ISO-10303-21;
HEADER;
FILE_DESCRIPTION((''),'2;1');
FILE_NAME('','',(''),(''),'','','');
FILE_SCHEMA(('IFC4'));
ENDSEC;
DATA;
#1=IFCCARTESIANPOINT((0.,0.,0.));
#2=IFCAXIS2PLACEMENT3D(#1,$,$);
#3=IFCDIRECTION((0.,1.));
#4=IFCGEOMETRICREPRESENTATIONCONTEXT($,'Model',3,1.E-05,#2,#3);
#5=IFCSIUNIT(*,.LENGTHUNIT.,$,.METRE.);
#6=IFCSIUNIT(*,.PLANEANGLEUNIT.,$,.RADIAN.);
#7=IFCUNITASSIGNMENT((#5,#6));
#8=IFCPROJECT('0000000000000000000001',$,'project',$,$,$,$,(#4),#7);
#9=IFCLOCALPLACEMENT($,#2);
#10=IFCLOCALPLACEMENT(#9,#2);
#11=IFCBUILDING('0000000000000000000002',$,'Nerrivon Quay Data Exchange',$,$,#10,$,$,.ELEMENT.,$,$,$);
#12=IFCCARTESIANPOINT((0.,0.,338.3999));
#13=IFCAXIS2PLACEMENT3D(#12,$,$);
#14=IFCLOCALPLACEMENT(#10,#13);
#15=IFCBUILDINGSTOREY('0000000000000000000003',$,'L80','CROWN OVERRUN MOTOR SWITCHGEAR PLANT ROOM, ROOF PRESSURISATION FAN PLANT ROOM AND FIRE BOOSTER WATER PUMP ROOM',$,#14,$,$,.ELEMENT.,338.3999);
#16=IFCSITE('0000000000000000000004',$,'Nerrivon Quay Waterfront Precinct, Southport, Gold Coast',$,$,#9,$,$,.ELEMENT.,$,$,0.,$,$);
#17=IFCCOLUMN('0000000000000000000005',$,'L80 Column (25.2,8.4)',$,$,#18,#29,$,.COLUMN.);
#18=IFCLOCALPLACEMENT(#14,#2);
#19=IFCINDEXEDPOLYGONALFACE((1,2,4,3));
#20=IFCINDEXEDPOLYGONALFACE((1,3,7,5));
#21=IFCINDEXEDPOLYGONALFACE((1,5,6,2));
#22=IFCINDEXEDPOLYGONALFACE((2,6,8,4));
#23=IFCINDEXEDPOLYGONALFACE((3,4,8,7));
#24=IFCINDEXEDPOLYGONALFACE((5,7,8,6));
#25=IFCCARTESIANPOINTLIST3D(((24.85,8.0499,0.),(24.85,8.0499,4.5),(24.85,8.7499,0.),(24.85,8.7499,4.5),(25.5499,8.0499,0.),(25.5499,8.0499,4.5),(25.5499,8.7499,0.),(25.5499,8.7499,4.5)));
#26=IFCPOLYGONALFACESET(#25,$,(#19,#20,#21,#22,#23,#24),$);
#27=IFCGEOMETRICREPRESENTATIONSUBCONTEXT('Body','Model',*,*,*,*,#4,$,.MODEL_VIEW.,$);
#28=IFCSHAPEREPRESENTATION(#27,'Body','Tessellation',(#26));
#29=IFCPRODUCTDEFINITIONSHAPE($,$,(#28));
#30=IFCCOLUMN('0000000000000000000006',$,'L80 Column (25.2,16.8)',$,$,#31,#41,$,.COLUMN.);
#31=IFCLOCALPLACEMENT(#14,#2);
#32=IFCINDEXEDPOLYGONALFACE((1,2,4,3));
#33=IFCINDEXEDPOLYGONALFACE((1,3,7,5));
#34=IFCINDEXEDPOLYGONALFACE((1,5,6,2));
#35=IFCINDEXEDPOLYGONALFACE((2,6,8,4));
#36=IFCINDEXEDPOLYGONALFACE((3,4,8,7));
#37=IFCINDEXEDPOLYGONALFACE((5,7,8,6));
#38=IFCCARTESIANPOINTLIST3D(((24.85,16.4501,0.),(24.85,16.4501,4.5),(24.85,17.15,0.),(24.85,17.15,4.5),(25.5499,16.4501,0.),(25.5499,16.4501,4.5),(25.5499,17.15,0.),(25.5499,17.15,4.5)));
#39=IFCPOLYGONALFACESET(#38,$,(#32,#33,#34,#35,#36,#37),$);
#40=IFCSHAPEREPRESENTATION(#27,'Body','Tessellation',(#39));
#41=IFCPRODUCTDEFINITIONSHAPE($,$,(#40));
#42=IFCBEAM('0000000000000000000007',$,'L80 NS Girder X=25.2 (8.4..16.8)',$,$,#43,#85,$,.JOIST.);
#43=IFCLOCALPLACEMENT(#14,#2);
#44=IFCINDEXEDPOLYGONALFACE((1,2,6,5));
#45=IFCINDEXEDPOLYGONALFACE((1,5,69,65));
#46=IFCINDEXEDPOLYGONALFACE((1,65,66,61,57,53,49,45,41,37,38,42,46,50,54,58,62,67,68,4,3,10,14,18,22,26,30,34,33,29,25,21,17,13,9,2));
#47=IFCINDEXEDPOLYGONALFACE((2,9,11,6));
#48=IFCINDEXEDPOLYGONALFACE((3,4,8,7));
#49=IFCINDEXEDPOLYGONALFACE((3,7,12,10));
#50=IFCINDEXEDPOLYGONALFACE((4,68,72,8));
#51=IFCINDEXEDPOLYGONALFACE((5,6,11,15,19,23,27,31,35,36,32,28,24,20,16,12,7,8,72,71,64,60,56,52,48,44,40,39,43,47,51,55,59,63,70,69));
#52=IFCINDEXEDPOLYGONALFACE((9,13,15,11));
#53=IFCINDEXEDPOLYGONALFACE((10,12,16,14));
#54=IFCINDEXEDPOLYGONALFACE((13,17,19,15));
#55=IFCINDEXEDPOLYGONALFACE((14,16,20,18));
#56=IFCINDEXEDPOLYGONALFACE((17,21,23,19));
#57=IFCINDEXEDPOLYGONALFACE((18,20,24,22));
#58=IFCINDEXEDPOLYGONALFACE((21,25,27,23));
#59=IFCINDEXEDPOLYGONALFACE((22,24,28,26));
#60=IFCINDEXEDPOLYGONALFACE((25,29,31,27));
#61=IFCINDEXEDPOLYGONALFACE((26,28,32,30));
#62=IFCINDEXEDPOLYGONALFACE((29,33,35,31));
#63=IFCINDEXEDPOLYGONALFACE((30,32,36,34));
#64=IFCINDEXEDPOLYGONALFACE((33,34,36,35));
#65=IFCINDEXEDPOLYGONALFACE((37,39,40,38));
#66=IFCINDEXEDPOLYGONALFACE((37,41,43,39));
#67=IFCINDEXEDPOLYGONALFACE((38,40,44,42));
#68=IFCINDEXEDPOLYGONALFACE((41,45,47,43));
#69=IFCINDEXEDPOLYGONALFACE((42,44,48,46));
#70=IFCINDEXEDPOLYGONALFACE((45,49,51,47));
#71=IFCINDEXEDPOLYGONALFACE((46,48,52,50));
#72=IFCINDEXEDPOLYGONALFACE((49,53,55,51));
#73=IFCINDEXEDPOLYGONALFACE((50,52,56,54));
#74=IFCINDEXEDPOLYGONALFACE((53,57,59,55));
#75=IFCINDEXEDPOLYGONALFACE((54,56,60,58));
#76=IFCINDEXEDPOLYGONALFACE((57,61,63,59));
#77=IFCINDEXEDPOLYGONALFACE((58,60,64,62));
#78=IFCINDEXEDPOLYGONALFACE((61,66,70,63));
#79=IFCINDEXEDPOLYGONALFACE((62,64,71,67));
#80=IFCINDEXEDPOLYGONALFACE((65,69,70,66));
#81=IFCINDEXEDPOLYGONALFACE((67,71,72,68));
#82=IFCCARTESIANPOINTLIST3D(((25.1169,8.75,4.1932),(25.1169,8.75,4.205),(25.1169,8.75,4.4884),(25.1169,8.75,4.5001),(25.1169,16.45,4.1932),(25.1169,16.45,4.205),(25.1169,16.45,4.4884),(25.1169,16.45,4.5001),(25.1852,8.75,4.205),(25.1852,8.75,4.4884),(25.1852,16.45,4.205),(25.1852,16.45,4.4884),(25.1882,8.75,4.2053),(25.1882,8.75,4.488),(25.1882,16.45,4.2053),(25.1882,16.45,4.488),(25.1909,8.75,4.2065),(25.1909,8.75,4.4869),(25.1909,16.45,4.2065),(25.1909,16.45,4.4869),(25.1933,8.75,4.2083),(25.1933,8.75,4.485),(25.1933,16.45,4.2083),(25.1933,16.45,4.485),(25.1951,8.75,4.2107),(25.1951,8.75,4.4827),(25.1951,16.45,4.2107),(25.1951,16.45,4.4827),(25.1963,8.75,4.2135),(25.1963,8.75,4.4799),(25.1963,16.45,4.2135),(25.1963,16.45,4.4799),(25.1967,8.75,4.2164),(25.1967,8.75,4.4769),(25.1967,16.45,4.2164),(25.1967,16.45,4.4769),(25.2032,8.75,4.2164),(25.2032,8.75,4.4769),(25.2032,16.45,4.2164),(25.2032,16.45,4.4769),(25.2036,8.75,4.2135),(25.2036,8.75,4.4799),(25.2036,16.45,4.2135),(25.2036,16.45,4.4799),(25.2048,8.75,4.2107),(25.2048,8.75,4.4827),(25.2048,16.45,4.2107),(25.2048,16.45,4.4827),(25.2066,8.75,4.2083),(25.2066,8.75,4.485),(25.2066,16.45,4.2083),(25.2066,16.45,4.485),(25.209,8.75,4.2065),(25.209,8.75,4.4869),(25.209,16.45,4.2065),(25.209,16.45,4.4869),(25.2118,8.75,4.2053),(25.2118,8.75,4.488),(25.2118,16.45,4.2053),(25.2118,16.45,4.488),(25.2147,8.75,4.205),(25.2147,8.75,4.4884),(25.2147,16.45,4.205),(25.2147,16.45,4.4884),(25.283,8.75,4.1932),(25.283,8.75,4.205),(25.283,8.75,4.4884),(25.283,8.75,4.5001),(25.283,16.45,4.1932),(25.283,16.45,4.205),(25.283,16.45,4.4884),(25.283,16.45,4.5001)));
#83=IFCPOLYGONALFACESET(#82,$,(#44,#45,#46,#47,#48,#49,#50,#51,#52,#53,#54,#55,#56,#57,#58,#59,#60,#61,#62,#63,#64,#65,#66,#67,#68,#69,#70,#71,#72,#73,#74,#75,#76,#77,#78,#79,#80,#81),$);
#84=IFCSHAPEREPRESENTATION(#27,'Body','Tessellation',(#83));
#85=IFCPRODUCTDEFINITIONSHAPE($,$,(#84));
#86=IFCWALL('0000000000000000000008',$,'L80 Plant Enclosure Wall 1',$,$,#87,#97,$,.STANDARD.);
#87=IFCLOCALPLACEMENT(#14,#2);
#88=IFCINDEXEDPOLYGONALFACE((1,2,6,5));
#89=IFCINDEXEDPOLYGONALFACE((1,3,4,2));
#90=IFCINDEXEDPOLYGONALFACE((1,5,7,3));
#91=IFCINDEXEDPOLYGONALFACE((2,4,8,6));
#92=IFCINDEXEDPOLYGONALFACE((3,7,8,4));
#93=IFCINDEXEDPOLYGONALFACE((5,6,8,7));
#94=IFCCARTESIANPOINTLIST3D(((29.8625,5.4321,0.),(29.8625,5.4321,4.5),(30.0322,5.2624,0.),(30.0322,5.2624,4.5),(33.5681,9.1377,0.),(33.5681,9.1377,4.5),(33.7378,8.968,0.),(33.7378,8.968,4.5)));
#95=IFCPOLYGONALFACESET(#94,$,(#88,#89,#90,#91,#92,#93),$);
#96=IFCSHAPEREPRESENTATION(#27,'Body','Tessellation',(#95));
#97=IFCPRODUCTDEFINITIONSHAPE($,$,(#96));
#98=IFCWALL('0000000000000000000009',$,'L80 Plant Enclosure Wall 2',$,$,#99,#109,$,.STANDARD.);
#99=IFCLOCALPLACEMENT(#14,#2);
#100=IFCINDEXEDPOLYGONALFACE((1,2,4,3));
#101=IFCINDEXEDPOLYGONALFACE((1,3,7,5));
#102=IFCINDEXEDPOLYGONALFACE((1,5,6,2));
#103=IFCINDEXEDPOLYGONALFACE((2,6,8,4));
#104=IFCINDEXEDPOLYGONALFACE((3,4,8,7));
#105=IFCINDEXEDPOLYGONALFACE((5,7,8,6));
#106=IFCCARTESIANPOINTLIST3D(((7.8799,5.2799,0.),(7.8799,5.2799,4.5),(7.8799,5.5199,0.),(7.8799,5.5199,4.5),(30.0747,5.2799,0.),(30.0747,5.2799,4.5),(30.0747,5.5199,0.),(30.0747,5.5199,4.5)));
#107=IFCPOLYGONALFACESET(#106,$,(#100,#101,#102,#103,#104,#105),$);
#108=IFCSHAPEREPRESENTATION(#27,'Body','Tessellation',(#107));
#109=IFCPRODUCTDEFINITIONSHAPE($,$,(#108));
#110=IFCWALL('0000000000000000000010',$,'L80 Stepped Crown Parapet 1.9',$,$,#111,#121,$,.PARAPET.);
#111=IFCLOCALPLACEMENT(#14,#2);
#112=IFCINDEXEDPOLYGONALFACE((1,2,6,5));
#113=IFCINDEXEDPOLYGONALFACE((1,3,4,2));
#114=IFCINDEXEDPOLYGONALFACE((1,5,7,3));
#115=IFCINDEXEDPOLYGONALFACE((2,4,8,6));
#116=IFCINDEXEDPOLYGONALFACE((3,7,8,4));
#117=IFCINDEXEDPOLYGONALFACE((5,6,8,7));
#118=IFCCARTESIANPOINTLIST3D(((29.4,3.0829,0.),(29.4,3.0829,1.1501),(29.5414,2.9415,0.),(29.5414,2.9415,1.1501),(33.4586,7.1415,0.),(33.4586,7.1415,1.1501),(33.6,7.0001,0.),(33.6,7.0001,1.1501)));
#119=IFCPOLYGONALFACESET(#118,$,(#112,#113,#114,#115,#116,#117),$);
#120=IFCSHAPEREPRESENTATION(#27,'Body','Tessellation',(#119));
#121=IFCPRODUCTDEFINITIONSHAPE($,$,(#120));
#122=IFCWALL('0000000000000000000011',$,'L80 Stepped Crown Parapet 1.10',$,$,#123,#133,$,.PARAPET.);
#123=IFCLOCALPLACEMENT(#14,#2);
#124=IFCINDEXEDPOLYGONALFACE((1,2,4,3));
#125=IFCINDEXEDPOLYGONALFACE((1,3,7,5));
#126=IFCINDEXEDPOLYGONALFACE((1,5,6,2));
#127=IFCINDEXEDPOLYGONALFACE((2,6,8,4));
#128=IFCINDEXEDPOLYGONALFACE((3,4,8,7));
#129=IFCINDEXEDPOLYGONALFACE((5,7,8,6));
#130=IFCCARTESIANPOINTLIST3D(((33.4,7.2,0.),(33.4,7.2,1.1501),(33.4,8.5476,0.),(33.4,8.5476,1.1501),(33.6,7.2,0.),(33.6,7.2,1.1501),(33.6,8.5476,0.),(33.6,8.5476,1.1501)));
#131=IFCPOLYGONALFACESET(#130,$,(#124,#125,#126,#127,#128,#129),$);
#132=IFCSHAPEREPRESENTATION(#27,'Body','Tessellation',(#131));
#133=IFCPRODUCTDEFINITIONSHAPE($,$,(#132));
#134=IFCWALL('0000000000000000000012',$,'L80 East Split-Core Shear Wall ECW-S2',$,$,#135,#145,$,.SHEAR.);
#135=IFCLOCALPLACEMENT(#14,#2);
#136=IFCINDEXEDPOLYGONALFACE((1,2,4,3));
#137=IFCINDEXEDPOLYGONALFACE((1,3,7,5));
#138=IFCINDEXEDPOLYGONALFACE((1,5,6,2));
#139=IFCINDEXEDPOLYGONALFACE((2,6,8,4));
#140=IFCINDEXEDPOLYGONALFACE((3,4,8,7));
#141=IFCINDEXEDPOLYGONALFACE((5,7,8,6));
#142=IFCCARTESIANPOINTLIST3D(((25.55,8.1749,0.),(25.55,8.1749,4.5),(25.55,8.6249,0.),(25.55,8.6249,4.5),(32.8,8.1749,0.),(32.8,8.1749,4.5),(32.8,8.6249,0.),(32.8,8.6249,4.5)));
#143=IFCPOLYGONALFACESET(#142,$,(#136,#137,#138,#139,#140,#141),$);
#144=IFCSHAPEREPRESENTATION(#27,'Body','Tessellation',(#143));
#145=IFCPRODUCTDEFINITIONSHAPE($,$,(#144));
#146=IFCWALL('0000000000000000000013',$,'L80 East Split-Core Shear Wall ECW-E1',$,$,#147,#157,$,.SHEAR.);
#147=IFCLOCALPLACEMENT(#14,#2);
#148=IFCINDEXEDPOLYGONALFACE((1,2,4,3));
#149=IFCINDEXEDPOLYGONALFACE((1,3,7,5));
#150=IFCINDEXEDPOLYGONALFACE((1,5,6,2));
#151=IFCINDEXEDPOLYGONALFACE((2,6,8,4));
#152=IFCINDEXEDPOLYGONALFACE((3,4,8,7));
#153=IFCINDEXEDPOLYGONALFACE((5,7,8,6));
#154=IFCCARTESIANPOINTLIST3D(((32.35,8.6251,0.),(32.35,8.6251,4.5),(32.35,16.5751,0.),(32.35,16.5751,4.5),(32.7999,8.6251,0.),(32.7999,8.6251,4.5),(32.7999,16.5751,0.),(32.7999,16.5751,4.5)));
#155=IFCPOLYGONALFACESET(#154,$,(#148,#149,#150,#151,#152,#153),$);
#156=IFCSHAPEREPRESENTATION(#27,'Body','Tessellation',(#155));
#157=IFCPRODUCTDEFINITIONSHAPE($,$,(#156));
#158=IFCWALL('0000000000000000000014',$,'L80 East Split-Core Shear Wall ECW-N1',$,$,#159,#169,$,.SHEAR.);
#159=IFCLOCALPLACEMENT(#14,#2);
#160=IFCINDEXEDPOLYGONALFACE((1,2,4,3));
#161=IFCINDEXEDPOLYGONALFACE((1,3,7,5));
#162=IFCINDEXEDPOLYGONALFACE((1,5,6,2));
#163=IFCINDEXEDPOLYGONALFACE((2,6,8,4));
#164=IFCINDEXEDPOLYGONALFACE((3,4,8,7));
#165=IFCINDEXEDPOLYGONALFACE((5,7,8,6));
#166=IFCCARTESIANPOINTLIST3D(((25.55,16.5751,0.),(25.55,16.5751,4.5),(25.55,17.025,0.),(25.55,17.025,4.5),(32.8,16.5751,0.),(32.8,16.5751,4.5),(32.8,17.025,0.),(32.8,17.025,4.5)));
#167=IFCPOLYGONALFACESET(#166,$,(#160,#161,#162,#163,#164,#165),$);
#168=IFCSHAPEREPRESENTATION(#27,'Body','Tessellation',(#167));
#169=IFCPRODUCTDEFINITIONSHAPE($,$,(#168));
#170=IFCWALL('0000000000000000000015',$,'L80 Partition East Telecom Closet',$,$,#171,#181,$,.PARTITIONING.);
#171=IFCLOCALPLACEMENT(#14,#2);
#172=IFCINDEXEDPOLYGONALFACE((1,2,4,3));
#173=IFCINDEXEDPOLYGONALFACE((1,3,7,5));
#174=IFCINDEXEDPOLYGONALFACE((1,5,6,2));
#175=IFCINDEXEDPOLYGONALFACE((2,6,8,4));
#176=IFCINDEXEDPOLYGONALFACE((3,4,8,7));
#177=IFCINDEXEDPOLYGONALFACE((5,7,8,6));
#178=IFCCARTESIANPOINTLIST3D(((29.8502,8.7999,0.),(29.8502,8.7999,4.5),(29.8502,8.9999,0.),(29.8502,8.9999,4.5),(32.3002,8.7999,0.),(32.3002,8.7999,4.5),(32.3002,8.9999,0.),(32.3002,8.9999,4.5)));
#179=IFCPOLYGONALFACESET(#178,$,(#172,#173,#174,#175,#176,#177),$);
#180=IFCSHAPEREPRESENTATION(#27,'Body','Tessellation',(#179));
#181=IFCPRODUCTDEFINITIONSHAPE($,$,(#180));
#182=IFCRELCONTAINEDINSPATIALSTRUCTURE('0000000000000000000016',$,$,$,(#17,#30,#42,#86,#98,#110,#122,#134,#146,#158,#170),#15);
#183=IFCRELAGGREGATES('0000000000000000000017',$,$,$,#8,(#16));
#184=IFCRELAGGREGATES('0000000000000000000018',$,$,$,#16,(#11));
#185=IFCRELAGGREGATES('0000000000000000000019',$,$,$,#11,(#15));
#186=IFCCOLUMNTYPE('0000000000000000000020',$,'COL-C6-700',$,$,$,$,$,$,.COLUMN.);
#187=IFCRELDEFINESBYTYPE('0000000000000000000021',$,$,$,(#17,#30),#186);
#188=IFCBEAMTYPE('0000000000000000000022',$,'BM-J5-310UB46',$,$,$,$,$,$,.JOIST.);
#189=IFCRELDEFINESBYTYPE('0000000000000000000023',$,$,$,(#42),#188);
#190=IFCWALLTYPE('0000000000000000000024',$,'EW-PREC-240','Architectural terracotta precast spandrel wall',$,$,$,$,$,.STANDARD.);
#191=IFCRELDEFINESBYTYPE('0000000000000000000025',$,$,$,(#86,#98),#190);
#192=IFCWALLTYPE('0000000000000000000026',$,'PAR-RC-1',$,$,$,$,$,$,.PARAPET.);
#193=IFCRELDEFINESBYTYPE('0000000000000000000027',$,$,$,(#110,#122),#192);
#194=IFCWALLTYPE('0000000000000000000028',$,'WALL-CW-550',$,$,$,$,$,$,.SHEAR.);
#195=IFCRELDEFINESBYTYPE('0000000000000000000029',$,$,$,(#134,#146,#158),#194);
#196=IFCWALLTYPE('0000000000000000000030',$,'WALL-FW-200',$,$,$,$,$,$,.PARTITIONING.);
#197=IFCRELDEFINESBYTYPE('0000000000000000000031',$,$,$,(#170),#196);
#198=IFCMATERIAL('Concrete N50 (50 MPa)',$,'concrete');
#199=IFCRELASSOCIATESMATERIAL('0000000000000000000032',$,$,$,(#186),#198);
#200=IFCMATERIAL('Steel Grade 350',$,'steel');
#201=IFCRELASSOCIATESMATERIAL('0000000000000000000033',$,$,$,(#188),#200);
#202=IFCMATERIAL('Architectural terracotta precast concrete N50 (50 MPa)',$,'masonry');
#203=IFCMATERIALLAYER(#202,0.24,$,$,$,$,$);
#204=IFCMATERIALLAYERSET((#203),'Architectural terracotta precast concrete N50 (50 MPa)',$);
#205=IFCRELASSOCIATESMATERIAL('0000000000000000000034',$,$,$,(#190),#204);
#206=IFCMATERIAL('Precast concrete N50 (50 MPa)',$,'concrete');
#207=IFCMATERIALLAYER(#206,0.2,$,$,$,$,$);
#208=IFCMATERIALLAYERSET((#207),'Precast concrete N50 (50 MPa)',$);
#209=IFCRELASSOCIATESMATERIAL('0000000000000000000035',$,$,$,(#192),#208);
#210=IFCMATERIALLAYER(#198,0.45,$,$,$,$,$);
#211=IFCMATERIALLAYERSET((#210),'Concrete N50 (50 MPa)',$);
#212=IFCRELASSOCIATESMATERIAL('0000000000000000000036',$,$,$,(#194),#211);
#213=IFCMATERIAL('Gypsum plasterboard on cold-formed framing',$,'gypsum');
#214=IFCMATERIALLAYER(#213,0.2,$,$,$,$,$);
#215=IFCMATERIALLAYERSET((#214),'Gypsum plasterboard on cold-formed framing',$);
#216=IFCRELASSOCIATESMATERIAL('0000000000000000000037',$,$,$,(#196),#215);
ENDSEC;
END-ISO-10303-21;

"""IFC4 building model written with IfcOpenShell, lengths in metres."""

from ifc_helpers import new_model, si_unit, direction, frame, frame_2d, origin, origin_2d, place, context, subcontext, project, spatial, rectangle, i_section, extrude, material, layer, layer_set, material_profile, profile_set, type_object, element, save


model = new_model("IFC4")

# Units and contexts
model_context = context("Model", 3, precision=1e-05, world=origin(), true_north=direction((0.0, 1.0)))
body_context = subcontext(model_context, "Body", "Model", "MODEL_VIEW")
ifc_project = project(units=[si_unit("LENGTHUNIT", "METRE"), si_unit("PLANEANGLEUNIT", "RADIAN")], contexts=[model_context])

# Site, building, storey
site_placement = place(None, origin())
site = spatial("IfcSite", under=ifc_project, at=site_placement, Name="Nerrivon Quay Waterfront Precinct, Southport, Gold Coast", CompositionType="ELEMENT", RefElevation=0.0)
building_placement = place(site_placement, origin())
building = spatial("IfcBuilding", under=site, at=building_placement, Name="Nerrivon Quay Data Exchange", CompositionType="ELEMENT")
storey_placement = place(building_placement, frame((0.0, 0.0, 338.3999)))
storey = spatial("IfcBuildingStorey", under=building, at=storey_placement, Name="L80", Description="CROWN OVERRUN MOTOR SWITCHGEAR PLANT ROOM, ROOF PRESSURISATION FAN PLANT ROOM AND FIRE BOOSTER WATER PUMP ROOM", CompositionType="ELEMENT", Elevation=338.3999)

# Columns
ifc_material_1 = material(Name="Concrete N50 (50 MPa)", Category="concrete")
ifc_material_profile_1 = material_profile(ifc_material_1, rectangle(XDim=0.7, YDim=0.7, at=origin_2d()), Name="RC-COL-700x700")
ifc_profile_set_1 = profile_set([ifc_material_profile_1], Name="Concrete N50 (50 MPa)")
column_type = type_object("IfcColumnType", Name="COL-C6-700", PredefinedType="COLUMN", material=ifc_profile_set_1)
for number, where, z_axis, x_axis, name in (
    (1, (25.2, 8.3999, 0.0), (0.0, 0.0, 1.0), (1.0, 0.0, 0.0), "L80 Column (25.2,8.4)"),
    (2, (25.2, 16.8, 0.0), (0.0, 0.0, 1.0), (1.0, 0.0, 0.0), "L80 Column (25.2,16.8)"),
):
    element("IfcColumn", number, at=place(storey_placement, frame(where, z_axis=z_axis, x_axis=x_axis)), inside=storey, type_object=column_type, Name=name, PredefinedType="COLUMN", context=body_context, shape_type="SweptSolid", body=[
        extrude(rectangle(XDim=0.7, YDim=0.7, at=origin_2d()), origin(), (0.0, 0.0, 1.0), 4.5),
    ])

# Beam
ifc_material_2 = material(Name="Steel Grade 350", Category="steel")
ifc_material_profile_2 = material_profile(ifc_material_2, i_section(OverallWidth=0.166, OverallDepth=0.3069, WebThickness=0.0066, FlangeThickness=0.0117, FilletRadius=0.0115, at=origin_2d()), Name="310UB46.2")
ifc_profile_set_2 = profile_set([ifc_material_profile_2], Name="Steel Grade 350")
beam_type = type_object("IfcBeamType", Name="BM-J5-310UB46", PredefinedType="JOIST", material=ifc_profile_set_2)
beam_placement = place(storey_placement, frame((25.2, 8.75, 4.3467), z_axis=(0.0, 1.0, 0.0), x_axis=(-1.0, 0.0, 0.0)))
element("IfcBeam", 3, at=beam_placement, inside=storey, type_object=beam_type, Name="L80 NS Girder X=25.2 (8.4..16.8)", PredefinedType="JOIST", context=body_context, shape_type="SweptSolid", body=[
    extrude(i_section(OverallWidth=0.166, OverallDepth=0.3069, WebThickness=0.0066, FlangeThickness=0.0117, FilletRadius=0.0115, at=origin_2d()), origin(), (0.0, 0.0, 1.0), 7.7),
])

# Walls
ifc_material_3 = material(Name="Architectural terracotta precast concrete N50 (50 MPa)", Category="masonry")
ifc_layer_1 = layer(ifc_material_3, 0.24)
ifc_layer_set_1 = layer_set([ifc_layer_1], Name="Architectural terracotta precast concrete N50 (50 MPa)")
wall_type_1 = type_object("IfcWallType", Name="EW-PREC-240", Description="Architectural terracotta precast spandrel wall", PredefinedType="STANDARD", material=ifc_layer_set_1)
wall_1_placement = place(storey_placement, frame((33.6528, 9.0527, 0.0), z_axis=(0.0, 0.0, 1.0), x_axis=(-0.707107, -0.707107, 0.0)))
element("IfcWall", 4, at=wall_1_placement, inside=storey, type_object=wall_type_1, Name="L80 Plant Enclosure Wall 1", PredefinedType="STANDARD", context=body_context, shape_type="SweptSolid", body=[
    extrude(rectangle(XDim=5.2405, YDim=0.24, at=frame_2d((2.6201, 0.0))), origin(), (0.0, 0.0, 1.0), 4.5),
])
wall_2_placement = place(storey_placement, frame((30.0747, 5.3999, 0.0), z_axis=(0.0, 0.0, 1.0), x_axis=(-1.0, 0.0, 0.0)))
element("IfcWall", 5, at=wall_2_placement, inside=storey, type_object=wall_type_1, Name="L80 Plant Enclosure Wall 2", PredefinedType="STANDARD", context=body_context, shape_type="SweptSolid", body=[
    extrude(rectangle(XDim=22.1948, YDim=0.24, at=frame_2d((11.0974, 0.0))), origin(), (0.0, 0.0, 1.0), 4.5),
])
ifc_material_4 = material(Name="Precast concrete N50 (50 MPa)", Category="concrete")
ifc_layer_2 = layer(ifc_material_4, 0.2)
ifc_layer_set_2 = layer_set([ifc_layer_2], Name="Precast concrete N50 (50 MPa)")
wall_type_2 = type_object("IfcWallType", Name="PAR-RC-1", PredefinedType="PARAPET", material=ifc_layer_set_2)
wall_3_placement = place(storey_placement, frame((29.4707, 3.0122, 0.0), z_axis=(0.0, 0.0, 1.0), x_axis=(0.707107, 0.707107, 0.0)))
element("IfcWall", 6, at=wall_3_placement, inside=storey, type_object=wall_type_2, Name="L80 Stepped Crown Parapet 1.9", PredefinedType="PARAPET", context=body_context, shape_type="SweptSolid", body=[
    extrude(rectangle(XDim=5.7397, YDim=0.2, at=frame_2d((2.8699, 0.0))), origin(), (0.0, 0.0, 1.0), 1.1501),
])
wall_4_placement = place(storey_placement, frame((33.5, 7.2, 0.0), z_axis=(0.0, 0.0, 1.0), x_axis=(0.0, 1.0, 0.0)))
element("IfcWall", 7, at=wall_4_placement, inside=storey, type_object=wall_type_2, Name="L80 Stepped Crown Parapet 1.10", PredefinedType="PARAPET", context=body_context, shape_type="SweptSolid", body=[
    extrude(rectangle(XDim=1.3477, YDim=0.2, at=frame_2d((0.6738, 0.0))), origin(), (0.0, 0.0, 1.0), 1.1501),
])
ifc_layer_3 = layer(ifc_material_1, 0.45)
ifc_layer_set_3 = layer_set([ifc_layer_3], Name="Concrete N50 (50 MPa)")
wall_type_3 = type_object("IfcWallType", Name="WALL-CW-550", PredefinedType="SHEAR", material=ifc_layer_set_3)
wall_5_placement = place(storey_placement, frame((25.55, 8.3999, 0.0), z_axis=(0.0, 0.0, 1.0), x_axis=(1.0, 0.0, 0.0)))
element("IfcWall", 8, at=wall_5_placement, inside=storey, type_object=wall_type_3, Name="L80 East Split-Core Shear Wall ECW-S2", PredefinedType="SHEAR", context=body_context, shape_type="SweptSolid", body=[
    extrude(rectangle(XDim=7.25, YDim=0.45, at=frame_2d((3.625, 0.0))), origin(), (0.0, 0.0, 1.0), 4.5),
])
wall_6_placement = place(storey_placement, frame((32.575, 8.625, 0.0), z_axis=(0.0, 0.0, 1.0), x_axis=(0.0, 1.0, 0.0)))
element("IfcWall", 9, at=wall_6_placement, inside=storey, type_object=wall_type_3, Name="L80 East Split-Core Shear Wall ECW-E1", PredefinedType="SHEAR", context=body_context, shape_type="SweptSolid", body=[
    extrude(rectangle(XDim=7.95, YDim=0.45, at=frame_2d((3.9751, 0.0))), origin(), (0.0, 0.0, 1.0), 4.5),
])
wall_7_placement = place(storey_placement, frame((25.55, 16.8, 0.0), z_axis=(0.0, 0.0, 1.0), x_axis=(1.0, 0.0, 0.0)))
element("IfcWall", 10, at=wall_7_placement, inside=storey, type_object=wall_type_3, Name="L80 East Split-Core Shear Wall ECW-N1", PredefinedType="SHEAR", context=body_context, shape_type="SweptSolid", body=[
    extrude(rectangle(XDim=7.25, YDim=0.45, at=frame_2d((3.625, 0.0))), origin(), (0.0, 0.0, 1.0), 4.5),
])

# Shared definitions
ifc_material_5 = material(Name="Gypsum plasterboard on cold-formed framing", Category="gypsum")
ifc_layer_4 = layer(ifc_material_5, 0.2)
ifc_layer_set_4 = layer_set([ifc_layer_4], Name="Gypsum plasterboard on cold-formed framing")
wall_type_4 = type_object("IfcWallType", Name="WALL-FW-200", PredefinedType="PARTITIONING", material=ifc_layer_set_4)

# Wall
wall_8_placement = place(storey_placement, frame((29.8501, 8.8999, 0.0), z_axis=(0.0, 0.0, 1.0), x_axis=(1.0, 0.0, 0.0)))
element("IfcWall", 11, at=wall_8_placement, inside=storey, type_object=wall_type_4, Name="L80 Partition East Telecom Closet", PredefinedType="PARTITIONING", context=body_context, shape_type="SweptSolid", body=[
    extrude(rectangle(XDim=2.45, YDim=0.2, at=frame_2d((1.2251, 0.0))), origin(), (0.0, 0.0, 1.0), 4.5),
])

save(model, "model.ifc")
